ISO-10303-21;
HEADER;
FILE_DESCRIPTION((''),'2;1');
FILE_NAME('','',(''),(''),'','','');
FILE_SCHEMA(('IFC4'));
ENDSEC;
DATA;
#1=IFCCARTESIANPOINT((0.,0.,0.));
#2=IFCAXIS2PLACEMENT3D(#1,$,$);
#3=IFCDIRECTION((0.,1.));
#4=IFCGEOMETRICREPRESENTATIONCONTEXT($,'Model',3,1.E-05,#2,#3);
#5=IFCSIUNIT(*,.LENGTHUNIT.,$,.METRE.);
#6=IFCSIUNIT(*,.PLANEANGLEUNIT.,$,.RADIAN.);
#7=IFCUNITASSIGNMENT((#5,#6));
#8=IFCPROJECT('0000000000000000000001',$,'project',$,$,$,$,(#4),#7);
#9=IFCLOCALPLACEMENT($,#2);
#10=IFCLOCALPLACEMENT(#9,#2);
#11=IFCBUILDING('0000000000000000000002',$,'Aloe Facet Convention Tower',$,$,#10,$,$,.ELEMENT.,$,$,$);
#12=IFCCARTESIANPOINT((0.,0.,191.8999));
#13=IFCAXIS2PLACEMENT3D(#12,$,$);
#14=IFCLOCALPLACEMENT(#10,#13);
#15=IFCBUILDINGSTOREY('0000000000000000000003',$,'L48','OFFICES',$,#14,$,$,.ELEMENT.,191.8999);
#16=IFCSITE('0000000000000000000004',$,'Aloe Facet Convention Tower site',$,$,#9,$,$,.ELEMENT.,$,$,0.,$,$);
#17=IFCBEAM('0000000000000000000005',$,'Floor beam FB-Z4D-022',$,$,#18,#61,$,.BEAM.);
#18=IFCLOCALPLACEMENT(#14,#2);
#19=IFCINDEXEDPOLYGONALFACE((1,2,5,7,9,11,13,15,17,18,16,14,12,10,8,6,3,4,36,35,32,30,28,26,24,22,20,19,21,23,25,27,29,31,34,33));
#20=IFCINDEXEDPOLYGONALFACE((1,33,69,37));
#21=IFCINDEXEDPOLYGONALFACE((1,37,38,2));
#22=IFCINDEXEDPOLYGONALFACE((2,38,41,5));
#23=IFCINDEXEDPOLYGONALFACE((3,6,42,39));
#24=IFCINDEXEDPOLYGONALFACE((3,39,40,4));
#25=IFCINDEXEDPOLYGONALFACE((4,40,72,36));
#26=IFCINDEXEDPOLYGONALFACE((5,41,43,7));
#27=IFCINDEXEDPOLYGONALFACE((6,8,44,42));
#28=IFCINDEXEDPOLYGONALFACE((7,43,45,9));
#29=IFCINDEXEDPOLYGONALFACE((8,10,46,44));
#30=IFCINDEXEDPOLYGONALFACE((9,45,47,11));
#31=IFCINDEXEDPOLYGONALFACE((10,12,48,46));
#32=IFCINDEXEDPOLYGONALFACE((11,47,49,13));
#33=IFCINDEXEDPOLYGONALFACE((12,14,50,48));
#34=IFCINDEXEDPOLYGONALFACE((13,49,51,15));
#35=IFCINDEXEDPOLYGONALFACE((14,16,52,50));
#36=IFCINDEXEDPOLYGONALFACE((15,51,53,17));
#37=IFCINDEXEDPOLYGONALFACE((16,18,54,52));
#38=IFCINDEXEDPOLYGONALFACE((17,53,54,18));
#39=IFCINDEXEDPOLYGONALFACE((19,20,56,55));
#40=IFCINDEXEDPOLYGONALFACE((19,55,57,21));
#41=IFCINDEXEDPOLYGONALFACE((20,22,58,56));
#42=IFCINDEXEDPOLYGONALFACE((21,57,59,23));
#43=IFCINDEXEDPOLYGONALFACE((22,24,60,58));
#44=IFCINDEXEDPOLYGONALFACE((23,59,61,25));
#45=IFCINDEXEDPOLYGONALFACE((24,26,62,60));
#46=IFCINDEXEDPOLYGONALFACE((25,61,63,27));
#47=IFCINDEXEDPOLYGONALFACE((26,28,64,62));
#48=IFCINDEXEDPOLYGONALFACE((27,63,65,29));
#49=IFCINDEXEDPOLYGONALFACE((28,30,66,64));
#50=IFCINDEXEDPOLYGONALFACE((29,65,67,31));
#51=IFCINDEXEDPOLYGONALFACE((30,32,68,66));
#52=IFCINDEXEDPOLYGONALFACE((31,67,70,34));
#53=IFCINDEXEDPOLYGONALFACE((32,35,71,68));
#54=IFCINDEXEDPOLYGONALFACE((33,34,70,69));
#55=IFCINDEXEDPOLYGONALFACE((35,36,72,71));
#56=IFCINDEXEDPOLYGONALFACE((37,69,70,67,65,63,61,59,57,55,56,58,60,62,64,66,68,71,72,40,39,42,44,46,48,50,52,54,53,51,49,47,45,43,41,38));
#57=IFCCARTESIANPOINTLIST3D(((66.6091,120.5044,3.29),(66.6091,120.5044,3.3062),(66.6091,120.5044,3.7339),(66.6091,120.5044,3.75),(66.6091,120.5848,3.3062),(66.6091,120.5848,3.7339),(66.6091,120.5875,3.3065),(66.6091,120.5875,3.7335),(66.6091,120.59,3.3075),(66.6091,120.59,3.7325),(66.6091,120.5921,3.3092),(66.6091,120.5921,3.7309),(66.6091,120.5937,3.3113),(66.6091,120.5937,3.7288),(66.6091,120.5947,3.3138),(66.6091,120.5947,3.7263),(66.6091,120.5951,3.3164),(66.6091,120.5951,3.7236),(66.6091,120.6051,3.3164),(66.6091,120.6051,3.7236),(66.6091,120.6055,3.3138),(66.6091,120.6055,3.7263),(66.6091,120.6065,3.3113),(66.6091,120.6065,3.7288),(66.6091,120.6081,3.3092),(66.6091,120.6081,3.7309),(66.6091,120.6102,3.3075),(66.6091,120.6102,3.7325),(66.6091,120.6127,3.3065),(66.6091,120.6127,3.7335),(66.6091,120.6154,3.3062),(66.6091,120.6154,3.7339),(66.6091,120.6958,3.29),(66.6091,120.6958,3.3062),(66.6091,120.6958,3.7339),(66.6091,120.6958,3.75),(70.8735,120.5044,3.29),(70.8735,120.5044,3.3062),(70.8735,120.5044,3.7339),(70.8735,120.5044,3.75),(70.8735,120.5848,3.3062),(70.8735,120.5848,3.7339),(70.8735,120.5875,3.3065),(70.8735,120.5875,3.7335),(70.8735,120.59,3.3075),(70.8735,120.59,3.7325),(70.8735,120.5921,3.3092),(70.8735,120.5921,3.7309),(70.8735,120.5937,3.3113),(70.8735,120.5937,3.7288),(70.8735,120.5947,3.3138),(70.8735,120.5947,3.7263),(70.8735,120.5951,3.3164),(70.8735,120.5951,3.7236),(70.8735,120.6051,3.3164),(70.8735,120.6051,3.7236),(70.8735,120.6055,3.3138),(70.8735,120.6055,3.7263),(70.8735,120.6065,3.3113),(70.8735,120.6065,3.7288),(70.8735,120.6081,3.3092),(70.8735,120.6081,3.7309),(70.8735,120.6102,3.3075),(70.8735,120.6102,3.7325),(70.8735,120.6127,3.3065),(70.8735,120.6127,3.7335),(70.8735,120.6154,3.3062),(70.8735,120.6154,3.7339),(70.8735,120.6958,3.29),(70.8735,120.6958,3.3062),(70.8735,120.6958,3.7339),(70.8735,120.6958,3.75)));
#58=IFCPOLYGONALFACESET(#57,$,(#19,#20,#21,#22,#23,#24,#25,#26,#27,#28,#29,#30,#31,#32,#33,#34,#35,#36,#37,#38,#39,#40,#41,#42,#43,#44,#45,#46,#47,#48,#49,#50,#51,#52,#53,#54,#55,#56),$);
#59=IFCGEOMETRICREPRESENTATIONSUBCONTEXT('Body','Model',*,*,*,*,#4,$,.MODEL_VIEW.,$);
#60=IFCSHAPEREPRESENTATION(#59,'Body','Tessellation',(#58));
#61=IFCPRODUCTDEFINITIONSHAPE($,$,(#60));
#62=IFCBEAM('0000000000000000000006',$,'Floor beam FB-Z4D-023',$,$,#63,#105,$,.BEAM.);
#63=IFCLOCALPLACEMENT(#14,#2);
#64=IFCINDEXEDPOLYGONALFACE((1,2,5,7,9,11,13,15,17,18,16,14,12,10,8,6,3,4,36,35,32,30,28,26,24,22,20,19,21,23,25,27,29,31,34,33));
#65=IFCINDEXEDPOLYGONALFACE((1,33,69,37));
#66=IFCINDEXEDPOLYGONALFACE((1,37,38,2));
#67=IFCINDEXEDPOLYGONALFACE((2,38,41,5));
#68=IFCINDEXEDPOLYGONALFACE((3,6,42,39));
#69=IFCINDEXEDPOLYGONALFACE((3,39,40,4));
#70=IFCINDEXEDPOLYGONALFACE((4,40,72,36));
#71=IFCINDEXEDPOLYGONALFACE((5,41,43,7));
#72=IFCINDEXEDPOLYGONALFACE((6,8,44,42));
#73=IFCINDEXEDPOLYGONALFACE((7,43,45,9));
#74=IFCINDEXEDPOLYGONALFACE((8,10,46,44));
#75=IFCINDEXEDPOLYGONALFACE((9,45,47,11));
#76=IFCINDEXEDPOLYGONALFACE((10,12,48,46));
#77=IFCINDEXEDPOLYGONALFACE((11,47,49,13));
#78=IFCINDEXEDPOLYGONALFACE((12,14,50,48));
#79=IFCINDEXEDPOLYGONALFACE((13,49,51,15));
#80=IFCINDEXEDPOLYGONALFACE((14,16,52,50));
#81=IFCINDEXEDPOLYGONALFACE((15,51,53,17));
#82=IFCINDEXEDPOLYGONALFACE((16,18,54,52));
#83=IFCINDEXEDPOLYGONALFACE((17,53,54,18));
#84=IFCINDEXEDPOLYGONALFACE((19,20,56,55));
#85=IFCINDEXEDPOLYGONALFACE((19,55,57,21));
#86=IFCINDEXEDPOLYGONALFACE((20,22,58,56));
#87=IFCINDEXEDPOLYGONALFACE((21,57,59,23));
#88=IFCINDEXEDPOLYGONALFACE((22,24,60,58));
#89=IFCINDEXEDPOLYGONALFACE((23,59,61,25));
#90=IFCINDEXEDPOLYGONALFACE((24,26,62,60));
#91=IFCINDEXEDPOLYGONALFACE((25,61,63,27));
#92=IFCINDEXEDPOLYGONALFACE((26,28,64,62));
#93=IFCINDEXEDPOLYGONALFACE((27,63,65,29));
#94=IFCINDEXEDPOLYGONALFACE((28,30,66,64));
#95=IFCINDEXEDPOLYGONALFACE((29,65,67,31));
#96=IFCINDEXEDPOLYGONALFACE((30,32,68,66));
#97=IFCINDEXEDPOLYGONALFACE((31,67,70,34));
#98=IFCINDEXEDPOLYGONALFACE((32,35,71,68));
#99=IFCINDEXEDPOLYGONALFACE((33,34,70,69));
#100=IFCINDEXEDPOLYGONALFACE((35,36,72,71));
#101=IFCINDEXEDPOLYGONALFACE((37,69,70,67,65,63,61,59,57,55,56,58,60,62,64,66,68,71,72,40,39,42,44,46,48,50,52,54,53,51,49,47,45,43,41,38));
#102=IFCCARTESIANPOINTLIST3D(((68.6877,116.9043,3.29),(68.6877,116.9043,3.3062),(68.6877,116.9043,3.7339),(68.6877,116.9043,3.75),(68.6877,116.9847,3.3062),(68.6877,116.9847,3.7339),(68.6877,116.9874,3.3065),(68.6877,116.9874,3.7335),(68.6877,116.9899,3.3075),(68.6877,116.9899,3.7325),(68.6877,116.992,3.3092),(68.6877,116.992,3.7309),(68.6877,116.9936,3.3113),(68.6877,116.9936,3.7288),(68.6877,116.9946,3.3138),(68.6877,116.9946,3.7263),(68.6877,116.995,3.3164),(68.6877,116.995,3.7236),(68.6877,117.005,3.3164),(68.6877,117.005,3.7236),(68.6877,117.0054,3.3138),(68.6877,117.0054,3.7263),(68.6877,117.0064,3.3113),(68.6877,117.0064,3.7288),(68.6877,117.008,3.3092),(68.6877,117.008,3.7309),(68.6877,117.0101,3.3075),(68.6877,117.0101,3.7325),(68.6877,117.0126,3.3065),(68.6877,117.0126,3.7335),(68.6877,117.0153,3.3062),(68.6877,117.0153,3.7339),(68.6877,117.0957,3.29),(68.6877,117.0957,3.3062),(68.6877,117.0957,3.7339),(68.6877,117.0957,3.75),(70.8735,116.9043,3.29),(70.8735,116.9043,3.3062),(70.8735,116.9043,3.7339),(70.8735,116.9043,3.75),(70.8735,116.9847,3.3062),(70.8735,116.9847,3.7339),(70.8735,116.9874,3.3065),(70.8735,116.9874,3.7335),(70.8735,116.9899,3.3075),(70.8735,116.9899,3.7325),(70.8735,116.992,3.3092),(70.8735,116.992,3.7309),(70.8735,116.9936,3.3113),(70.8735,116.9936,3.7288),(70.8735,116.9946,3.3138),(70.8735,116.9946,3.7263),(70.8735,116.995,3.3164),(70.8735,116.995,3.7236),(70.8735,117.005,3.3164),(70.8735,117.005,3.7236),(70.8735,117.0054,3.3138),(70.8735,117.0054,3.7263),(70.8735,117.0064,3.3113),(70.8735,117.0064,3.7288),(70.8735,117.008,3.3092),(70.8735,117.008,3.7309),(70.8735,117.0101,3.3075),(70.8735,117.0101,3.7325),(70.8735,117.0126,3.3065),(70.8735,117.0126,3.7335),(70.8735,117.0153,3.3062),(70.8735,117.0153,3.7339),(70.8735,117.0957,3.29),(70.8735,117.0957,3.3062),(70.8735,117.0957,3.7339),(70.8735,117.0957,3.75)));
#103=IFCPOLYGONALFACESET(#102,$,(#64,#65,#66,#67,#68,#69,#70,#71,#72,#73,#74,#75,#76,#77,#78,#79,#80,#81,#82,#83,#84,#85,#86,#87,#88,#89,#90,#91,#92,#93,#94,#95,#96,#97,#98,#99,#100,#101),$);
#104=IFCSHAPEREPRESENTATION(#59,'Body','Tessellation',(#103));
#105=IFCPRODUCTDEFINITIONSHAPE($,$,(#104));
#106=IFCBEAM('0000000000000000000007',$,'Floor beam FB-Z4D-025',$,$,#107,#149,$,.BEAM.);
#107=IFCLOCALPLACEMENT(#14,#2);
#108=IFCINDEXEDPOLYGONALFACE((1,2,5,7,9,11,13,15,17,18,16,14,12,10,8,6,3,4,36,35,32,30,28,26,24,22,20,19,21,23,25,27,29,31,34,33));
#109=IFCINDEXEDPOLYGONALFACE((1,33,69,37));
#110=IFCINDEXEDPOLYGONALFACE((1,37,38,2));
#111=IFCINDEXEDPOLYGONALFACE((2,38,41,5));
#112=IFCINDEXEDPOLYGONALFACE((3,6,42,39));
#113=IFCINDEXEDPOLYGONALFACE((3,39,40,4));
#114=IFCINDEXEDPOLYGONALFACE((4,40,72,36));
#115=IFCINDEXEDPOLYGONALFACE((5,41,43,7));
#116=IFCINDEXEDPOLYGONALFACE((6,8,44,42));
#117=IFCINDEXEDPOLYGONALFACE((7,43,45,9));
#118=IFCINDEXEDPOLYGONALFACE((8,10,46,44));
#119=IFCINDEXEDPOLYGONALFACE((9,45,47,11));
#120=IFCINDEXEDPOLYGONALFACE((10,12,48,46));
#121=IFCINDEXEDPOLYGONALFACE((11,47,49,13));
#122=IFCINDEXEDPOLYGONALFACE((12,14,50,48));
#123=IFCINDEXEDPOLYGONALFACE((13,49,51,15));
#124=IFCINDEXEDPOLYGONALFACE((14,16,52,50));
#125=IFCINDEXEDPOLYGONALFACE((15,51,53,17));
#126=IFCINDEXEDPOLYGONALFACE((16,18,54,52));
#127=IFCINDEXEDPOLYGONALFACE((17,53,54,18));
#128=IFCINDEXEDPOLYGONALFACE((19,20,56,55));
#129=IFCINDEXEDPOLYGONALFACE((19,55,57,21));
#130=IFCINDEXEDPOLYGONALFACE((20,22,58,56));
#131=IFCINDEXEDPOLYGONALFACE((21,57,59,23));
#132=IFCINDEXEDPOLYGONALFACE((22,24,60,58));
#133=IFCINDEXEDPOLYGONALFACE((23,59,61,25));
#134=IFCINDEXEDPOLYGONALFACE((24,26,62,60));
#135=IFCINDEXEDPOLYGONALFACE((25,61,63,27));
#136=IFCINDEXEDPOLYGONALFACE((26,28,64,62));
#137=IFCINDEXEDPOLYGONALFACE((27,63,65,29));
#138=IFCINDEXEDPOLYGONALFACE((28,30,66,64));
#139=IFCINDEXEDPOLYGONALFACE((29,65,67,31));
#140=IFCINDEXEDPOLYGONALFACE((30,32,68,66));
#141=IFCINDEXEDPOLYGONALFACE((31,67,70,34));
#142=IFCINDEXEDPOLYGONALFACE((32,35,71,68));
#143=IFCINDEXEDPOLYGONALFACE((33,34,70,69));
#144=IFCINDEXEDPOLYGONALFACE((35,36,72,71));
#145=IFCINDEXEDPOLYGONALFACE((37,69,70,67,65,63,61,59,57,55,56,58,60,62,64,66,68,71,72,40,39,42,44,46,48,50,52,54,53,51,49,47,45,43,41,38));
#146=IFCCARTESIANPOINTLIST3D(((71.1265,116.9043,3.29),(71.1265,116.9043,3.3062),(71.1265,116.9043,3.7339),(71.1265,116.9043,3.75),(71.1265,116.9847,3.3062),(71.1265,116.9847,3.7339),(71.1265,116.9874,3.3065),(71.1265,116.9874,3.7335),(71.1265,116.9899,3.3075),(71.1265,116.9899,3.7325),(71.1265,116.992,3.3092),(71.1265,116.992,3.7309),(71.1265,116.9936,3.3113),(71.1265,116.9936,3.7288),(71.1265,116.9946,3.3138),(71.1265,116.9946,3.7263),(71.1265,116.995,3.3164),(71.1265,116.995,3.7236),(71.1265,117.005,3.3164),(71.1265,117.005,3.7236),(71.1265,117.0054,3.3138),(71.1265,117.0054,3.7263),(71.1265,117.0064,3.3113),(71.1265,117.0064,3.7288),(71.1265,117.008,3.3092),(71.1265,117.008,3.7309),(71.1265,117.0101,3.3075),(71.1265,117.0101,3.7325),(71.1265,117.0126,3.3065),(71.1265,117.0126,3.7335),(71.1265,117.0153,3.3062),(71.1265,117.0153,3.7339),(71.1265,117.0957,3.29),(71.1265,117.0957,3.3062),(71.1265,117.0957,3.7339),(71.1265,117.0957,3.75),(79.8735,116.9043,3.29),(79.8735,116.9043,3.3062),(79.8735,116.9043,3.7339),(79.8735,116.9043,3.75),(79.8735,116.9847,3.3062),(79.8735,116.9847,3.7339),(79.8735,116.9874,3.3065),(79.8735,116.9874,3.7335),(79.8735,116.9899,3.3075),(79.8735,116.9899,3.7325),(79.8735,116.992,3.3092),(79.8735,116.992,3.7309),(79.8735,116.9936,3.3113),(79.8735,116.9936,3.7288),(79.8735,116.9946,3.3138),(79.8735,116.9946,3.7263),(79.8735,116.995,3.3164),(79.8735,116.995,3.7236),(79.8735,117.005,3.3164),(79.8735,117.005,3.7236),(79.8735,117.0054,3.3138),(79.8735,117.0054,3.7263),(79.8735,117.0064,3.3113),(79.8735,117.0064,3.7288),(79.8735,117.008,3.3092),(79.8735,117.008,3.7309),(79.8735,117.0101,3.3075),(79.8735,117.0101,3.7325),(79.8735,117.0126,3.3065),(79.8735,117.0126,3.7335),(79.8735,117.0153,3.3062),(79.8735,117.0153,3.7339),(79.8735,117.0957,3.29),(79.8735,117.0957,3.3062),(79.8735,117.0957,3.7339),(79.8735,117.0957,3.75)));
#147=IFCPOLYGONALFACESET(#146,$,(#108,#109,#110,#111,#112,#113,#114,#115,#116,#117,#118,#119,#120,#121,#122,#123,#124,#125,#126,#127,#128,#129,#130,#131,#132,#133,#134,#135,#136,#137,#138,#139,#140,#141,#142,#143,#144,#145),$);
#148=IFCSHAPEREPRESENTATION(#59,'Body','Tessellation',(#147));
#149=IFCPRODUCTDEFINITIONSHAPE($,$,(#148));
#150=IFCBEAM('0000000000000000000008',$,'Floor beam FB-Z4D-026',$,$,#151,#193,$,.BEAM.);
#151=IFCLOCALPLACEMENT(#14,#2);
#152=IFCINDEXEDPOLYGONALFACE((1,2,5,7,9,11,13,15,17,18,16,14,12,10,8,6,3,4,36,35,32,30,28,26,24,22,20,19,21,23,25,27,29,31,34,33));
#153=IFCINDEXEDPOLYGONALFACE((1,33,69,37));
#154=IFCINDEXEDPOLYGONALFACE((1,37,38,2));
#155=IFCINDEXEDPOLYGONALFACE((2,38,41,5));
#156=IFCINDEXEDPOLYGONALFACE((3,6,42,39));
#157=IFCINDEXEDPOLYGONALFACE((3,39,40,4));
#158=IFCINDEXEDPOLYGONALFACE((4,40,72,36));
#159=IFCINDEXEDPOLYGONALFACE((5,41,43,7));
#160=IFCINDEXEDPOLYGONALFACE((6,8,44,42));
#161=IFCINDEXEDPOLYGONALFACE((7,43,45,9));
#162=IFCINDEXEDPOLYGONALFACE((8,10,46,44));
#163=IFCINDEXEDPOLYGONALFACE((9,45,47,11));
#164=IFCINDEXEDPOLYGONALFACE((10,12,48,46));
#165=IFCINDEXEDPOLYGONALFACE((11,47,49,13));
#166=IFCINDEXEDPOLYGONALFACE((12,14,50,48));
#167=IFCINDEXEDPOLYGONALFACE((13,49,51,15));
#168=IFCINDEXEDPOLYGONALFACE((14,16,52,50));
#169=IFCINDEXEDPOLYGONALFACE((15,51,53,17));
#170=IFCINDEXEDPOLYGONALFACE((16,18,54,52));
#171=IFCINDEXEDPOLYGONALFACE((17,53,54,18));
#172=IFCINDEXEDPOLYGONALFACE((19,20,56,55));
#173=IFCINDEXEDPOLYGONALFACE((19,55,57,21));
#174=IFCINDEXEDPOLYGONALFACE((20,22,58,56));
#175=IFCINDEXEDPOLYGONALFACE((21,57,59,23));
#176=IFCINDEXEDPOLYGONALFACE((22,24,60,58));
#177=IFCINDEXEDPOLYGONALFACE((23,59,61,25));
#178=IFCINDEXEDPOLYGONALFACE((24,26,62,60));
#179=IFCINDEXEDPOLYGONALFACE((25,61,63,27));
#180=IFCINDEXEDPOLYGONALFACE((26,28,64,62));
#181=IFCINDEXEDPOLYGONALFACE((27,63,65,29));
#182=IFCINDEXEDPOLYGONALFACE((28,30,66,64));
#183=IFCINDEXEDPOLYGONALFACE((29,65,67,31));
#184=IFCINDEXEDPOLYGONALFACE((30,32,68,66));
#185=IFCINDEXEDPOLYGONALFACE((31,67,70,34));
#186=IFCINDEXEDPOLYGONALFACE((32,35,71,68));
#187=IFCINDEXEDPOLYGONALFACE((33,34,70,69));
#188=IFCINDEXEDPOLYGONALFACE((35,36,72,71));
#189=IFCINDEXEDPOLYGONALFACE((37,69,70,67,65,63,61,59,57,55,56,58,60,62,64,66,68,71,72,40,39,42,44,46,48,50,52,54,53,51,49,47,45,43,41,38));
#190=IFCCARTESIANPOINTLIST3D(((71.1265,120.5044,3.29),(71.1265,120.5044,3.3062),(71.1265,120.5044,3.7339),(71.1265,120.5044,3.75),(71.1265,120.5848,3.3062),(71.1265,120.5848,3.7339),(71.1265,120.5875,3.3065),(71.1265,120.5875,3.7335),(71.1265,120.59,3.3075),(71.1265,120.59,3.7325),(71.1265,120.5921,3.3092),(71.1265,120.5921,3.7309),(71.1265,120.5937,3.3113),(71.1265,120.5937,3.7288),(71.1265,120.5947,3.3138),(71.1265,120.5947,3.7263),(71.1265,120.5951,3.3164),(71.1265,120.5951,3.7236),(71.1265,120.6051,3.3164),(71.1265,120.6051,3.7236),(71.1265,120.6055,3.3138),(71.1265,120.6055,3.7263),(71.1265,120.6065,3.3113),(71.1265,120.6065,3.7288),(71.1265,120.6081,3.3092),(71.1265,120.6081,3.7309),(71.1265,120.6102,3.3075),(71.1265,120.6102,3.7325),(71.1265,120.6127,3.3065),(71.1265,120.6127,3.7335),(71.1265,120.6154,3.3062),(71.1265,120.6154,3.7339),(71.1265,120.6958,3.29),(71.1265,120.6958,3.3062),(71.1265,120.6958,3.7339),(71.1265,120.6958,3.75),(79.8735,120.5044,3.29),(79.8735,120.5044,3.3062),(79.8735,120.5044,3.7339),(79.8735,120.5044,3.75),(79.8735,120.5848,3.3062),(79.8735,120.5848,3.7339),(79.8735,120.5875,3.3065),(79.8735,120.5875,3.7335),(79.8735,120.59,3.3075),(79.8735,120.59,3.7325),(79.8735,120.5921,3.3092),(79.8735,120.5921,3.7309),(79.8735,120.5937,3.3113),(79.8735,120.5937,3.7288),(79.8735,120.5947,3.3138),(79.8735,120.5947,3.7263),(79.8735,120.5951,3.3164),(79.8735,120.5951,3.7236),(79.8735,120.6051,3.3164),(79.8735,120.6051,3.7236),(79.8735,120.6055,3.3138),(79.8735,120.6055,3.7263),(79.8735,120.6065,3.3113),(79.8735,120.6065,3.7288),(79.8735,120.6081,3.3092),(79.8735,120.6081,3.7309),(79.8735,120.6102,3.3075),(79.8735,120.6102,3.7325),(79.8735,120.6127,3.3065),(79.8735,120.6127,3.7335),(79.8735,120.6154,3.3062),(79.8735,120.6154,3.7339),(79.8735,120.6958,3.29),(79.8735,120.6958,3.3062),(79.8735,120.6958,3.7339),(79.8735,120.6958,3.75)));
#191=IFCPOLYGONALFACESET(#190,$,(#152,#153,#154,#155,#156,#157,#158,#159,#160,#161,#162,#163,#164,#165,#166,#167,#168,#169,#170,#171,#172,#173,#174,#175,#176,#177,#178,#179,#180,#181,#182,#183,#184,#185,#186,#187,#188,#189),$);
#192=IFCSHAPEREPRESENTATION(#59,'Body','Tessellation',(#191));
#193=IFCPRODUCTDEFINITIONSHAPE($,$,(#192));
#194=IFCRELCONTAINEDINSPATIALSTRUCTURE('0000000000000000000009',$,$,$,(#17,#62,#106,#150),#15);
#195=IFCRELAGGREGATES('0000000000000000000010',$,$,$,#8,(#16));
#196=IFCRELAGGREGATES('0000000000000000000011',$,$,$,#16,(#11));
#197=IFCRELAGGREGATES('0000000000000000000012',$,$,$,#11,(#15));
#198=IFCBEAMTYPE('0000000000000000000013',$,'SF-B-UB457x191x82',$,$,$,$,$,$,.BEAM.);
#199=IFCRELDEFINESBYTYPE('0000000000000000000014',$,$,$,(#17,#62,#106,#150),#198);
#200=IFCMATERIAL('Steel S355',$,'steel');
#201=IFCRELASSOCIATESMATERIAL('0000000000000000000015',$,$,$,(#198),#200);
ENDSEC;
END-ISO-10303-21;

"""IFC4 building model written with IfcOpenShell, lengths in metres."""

from ifc_helpers import new_model, si_unit, direction, frame, origin, origin_2d, place, context, subcontext, project, spatial, i_section, extrude, material, material_profile, profile_set, type_object, element, save


model = new_model("IFC4")

# Units and contexts
model_context = context("Model", 3, precision=1e-05, world=origin(), true_north=direction((0.0, 1.0)))
body_context = subcontext(model_context, "Body", "Model", "MODEL_VIEW")
ifc_project = project(units=[si_unit("LENGTHUNIT", "METRE"), si_unit("PLANEANGLEUNIT", "RADIAN")], contexts=[model_context])

# Site, building, storey
site_placement = place(None, origin())
site = spatial("IfcSite", under=ifc_project, at=site_placement, Name="Aloe Facet Convention Tower site", CompositionType="ELEMENT", RefElevation=0.0)
building_placement = place(site_placement, origin())
building = spatial("IfcBuilding", under=site, at=building_placement, Name="Aloe Facet Convention Tower", CompositionType="ELEMENT")
storey_placement = place(building_placement, frame((0.0, 0.0, 191.8999)))
storey = spatial("IfcBuildingStorey", under=building, at=storey_placement, Name="L48", Description="OFFICES", CompositionType="ELEMENT", Elevation=191.8999)

# Beams
ifc_material_1 = material(Name="Steel S355", Category="steel")
ifc_material_profile_1 = material_profile(ifc_material_1, i_section(OverallWidth=0.1914, OverallDepth=0.46, WebThickness=0.01, FlangeThickness=0.0161, FilletRadius=0.0103, at=origin_2d()), Name="UB 457x191x82")
ifc_profile_set_1 = profile_set([ifc_material_profile_1], Name="Steel S355")
beam_type_1 = type_object("IfcBeamType", Name="SF-B-UB457x191x82", PredefinedType="BEAM", material=ifc_profile_set_1)
beam_1_placement = place(storey_placement, frame((66.6091, 120.6001, 3.52), z_axis=(1.0, 0.0, 0.0), x_axis=(0.0, 1.0, 0.0)))
element("IfcBeam", 1, at=beam_1_placement, inside=storey, type_object=beam_type_1, Name="Floor beam FB-Z4D-022", PredefinedType="BEAM", context=body_context, shape_type="SweptSolid", body=[
    extrude(i_section(OverallWidth=0.1914, OverallDepth=0.46, WebThickness=0.01, FlangeThickness=0.0161, FilletRadius=0.0103, at=origin_2d()), origin(), (0.0, 0.0, 1.0), 4.2644),
])
beam_2_placement = place(storey_placement, frame((68.6877, 117.0, 3.52), z_axis=(1.0, 0.0, 0.0), x_axis=(0.0, 1.0, 0.0)))
element("IfcBeam", 2, at=beam_2_placement, inside=storey, type_object=beam_type_1, Name="Floor beam FB-Z4D-023", PredefinedType="BEAM", context=body_context, shape_type="SweptSolid", body=[
    extrude(i_section(OverallWidth=0.1914, OverallDepth=0.46, WebThickness=0.01, FlangeThickness=0.0161, FilletRadius=0.0103, at=origin_2d()), origin(), (0.0, 0.0, 1.0), 2.1858),
])
for number, where, z_axis, x_axis, name in (
    (3, (71.1265, 117.0, 3.52), (1.0, 0.0, 0.0), (0.0, 1.0, 0.0), "Floor beam FB-Z4D-025"),
    (4, (71.1265, 120.6001, 3.52), (1.0, 0.0, 0.0), (0.0, 1.0, 0.0), "Floor beam FB-Z4D-026"),
):
    element("IfcBeam", number, at=place(storey_placement, frame(where, z_axis=z_axis, x_axis=x_axis)), inside=storey, type_object=beam_type_1, Name=name, PredefinedType="BEAM", context=body_context, shape_type="SweptSolid", body=[
        extrude(i_section(OverallWidth=0.1914, OverallDepth=0.46, WebThickness=0.01, FlangeThickness=0.0161, FilletRadius=0.0103, at=origin_2d()), origin(), (0.0, 0.0, 1.0), 8.7471),
    ])

save(model, "model.ifc")
